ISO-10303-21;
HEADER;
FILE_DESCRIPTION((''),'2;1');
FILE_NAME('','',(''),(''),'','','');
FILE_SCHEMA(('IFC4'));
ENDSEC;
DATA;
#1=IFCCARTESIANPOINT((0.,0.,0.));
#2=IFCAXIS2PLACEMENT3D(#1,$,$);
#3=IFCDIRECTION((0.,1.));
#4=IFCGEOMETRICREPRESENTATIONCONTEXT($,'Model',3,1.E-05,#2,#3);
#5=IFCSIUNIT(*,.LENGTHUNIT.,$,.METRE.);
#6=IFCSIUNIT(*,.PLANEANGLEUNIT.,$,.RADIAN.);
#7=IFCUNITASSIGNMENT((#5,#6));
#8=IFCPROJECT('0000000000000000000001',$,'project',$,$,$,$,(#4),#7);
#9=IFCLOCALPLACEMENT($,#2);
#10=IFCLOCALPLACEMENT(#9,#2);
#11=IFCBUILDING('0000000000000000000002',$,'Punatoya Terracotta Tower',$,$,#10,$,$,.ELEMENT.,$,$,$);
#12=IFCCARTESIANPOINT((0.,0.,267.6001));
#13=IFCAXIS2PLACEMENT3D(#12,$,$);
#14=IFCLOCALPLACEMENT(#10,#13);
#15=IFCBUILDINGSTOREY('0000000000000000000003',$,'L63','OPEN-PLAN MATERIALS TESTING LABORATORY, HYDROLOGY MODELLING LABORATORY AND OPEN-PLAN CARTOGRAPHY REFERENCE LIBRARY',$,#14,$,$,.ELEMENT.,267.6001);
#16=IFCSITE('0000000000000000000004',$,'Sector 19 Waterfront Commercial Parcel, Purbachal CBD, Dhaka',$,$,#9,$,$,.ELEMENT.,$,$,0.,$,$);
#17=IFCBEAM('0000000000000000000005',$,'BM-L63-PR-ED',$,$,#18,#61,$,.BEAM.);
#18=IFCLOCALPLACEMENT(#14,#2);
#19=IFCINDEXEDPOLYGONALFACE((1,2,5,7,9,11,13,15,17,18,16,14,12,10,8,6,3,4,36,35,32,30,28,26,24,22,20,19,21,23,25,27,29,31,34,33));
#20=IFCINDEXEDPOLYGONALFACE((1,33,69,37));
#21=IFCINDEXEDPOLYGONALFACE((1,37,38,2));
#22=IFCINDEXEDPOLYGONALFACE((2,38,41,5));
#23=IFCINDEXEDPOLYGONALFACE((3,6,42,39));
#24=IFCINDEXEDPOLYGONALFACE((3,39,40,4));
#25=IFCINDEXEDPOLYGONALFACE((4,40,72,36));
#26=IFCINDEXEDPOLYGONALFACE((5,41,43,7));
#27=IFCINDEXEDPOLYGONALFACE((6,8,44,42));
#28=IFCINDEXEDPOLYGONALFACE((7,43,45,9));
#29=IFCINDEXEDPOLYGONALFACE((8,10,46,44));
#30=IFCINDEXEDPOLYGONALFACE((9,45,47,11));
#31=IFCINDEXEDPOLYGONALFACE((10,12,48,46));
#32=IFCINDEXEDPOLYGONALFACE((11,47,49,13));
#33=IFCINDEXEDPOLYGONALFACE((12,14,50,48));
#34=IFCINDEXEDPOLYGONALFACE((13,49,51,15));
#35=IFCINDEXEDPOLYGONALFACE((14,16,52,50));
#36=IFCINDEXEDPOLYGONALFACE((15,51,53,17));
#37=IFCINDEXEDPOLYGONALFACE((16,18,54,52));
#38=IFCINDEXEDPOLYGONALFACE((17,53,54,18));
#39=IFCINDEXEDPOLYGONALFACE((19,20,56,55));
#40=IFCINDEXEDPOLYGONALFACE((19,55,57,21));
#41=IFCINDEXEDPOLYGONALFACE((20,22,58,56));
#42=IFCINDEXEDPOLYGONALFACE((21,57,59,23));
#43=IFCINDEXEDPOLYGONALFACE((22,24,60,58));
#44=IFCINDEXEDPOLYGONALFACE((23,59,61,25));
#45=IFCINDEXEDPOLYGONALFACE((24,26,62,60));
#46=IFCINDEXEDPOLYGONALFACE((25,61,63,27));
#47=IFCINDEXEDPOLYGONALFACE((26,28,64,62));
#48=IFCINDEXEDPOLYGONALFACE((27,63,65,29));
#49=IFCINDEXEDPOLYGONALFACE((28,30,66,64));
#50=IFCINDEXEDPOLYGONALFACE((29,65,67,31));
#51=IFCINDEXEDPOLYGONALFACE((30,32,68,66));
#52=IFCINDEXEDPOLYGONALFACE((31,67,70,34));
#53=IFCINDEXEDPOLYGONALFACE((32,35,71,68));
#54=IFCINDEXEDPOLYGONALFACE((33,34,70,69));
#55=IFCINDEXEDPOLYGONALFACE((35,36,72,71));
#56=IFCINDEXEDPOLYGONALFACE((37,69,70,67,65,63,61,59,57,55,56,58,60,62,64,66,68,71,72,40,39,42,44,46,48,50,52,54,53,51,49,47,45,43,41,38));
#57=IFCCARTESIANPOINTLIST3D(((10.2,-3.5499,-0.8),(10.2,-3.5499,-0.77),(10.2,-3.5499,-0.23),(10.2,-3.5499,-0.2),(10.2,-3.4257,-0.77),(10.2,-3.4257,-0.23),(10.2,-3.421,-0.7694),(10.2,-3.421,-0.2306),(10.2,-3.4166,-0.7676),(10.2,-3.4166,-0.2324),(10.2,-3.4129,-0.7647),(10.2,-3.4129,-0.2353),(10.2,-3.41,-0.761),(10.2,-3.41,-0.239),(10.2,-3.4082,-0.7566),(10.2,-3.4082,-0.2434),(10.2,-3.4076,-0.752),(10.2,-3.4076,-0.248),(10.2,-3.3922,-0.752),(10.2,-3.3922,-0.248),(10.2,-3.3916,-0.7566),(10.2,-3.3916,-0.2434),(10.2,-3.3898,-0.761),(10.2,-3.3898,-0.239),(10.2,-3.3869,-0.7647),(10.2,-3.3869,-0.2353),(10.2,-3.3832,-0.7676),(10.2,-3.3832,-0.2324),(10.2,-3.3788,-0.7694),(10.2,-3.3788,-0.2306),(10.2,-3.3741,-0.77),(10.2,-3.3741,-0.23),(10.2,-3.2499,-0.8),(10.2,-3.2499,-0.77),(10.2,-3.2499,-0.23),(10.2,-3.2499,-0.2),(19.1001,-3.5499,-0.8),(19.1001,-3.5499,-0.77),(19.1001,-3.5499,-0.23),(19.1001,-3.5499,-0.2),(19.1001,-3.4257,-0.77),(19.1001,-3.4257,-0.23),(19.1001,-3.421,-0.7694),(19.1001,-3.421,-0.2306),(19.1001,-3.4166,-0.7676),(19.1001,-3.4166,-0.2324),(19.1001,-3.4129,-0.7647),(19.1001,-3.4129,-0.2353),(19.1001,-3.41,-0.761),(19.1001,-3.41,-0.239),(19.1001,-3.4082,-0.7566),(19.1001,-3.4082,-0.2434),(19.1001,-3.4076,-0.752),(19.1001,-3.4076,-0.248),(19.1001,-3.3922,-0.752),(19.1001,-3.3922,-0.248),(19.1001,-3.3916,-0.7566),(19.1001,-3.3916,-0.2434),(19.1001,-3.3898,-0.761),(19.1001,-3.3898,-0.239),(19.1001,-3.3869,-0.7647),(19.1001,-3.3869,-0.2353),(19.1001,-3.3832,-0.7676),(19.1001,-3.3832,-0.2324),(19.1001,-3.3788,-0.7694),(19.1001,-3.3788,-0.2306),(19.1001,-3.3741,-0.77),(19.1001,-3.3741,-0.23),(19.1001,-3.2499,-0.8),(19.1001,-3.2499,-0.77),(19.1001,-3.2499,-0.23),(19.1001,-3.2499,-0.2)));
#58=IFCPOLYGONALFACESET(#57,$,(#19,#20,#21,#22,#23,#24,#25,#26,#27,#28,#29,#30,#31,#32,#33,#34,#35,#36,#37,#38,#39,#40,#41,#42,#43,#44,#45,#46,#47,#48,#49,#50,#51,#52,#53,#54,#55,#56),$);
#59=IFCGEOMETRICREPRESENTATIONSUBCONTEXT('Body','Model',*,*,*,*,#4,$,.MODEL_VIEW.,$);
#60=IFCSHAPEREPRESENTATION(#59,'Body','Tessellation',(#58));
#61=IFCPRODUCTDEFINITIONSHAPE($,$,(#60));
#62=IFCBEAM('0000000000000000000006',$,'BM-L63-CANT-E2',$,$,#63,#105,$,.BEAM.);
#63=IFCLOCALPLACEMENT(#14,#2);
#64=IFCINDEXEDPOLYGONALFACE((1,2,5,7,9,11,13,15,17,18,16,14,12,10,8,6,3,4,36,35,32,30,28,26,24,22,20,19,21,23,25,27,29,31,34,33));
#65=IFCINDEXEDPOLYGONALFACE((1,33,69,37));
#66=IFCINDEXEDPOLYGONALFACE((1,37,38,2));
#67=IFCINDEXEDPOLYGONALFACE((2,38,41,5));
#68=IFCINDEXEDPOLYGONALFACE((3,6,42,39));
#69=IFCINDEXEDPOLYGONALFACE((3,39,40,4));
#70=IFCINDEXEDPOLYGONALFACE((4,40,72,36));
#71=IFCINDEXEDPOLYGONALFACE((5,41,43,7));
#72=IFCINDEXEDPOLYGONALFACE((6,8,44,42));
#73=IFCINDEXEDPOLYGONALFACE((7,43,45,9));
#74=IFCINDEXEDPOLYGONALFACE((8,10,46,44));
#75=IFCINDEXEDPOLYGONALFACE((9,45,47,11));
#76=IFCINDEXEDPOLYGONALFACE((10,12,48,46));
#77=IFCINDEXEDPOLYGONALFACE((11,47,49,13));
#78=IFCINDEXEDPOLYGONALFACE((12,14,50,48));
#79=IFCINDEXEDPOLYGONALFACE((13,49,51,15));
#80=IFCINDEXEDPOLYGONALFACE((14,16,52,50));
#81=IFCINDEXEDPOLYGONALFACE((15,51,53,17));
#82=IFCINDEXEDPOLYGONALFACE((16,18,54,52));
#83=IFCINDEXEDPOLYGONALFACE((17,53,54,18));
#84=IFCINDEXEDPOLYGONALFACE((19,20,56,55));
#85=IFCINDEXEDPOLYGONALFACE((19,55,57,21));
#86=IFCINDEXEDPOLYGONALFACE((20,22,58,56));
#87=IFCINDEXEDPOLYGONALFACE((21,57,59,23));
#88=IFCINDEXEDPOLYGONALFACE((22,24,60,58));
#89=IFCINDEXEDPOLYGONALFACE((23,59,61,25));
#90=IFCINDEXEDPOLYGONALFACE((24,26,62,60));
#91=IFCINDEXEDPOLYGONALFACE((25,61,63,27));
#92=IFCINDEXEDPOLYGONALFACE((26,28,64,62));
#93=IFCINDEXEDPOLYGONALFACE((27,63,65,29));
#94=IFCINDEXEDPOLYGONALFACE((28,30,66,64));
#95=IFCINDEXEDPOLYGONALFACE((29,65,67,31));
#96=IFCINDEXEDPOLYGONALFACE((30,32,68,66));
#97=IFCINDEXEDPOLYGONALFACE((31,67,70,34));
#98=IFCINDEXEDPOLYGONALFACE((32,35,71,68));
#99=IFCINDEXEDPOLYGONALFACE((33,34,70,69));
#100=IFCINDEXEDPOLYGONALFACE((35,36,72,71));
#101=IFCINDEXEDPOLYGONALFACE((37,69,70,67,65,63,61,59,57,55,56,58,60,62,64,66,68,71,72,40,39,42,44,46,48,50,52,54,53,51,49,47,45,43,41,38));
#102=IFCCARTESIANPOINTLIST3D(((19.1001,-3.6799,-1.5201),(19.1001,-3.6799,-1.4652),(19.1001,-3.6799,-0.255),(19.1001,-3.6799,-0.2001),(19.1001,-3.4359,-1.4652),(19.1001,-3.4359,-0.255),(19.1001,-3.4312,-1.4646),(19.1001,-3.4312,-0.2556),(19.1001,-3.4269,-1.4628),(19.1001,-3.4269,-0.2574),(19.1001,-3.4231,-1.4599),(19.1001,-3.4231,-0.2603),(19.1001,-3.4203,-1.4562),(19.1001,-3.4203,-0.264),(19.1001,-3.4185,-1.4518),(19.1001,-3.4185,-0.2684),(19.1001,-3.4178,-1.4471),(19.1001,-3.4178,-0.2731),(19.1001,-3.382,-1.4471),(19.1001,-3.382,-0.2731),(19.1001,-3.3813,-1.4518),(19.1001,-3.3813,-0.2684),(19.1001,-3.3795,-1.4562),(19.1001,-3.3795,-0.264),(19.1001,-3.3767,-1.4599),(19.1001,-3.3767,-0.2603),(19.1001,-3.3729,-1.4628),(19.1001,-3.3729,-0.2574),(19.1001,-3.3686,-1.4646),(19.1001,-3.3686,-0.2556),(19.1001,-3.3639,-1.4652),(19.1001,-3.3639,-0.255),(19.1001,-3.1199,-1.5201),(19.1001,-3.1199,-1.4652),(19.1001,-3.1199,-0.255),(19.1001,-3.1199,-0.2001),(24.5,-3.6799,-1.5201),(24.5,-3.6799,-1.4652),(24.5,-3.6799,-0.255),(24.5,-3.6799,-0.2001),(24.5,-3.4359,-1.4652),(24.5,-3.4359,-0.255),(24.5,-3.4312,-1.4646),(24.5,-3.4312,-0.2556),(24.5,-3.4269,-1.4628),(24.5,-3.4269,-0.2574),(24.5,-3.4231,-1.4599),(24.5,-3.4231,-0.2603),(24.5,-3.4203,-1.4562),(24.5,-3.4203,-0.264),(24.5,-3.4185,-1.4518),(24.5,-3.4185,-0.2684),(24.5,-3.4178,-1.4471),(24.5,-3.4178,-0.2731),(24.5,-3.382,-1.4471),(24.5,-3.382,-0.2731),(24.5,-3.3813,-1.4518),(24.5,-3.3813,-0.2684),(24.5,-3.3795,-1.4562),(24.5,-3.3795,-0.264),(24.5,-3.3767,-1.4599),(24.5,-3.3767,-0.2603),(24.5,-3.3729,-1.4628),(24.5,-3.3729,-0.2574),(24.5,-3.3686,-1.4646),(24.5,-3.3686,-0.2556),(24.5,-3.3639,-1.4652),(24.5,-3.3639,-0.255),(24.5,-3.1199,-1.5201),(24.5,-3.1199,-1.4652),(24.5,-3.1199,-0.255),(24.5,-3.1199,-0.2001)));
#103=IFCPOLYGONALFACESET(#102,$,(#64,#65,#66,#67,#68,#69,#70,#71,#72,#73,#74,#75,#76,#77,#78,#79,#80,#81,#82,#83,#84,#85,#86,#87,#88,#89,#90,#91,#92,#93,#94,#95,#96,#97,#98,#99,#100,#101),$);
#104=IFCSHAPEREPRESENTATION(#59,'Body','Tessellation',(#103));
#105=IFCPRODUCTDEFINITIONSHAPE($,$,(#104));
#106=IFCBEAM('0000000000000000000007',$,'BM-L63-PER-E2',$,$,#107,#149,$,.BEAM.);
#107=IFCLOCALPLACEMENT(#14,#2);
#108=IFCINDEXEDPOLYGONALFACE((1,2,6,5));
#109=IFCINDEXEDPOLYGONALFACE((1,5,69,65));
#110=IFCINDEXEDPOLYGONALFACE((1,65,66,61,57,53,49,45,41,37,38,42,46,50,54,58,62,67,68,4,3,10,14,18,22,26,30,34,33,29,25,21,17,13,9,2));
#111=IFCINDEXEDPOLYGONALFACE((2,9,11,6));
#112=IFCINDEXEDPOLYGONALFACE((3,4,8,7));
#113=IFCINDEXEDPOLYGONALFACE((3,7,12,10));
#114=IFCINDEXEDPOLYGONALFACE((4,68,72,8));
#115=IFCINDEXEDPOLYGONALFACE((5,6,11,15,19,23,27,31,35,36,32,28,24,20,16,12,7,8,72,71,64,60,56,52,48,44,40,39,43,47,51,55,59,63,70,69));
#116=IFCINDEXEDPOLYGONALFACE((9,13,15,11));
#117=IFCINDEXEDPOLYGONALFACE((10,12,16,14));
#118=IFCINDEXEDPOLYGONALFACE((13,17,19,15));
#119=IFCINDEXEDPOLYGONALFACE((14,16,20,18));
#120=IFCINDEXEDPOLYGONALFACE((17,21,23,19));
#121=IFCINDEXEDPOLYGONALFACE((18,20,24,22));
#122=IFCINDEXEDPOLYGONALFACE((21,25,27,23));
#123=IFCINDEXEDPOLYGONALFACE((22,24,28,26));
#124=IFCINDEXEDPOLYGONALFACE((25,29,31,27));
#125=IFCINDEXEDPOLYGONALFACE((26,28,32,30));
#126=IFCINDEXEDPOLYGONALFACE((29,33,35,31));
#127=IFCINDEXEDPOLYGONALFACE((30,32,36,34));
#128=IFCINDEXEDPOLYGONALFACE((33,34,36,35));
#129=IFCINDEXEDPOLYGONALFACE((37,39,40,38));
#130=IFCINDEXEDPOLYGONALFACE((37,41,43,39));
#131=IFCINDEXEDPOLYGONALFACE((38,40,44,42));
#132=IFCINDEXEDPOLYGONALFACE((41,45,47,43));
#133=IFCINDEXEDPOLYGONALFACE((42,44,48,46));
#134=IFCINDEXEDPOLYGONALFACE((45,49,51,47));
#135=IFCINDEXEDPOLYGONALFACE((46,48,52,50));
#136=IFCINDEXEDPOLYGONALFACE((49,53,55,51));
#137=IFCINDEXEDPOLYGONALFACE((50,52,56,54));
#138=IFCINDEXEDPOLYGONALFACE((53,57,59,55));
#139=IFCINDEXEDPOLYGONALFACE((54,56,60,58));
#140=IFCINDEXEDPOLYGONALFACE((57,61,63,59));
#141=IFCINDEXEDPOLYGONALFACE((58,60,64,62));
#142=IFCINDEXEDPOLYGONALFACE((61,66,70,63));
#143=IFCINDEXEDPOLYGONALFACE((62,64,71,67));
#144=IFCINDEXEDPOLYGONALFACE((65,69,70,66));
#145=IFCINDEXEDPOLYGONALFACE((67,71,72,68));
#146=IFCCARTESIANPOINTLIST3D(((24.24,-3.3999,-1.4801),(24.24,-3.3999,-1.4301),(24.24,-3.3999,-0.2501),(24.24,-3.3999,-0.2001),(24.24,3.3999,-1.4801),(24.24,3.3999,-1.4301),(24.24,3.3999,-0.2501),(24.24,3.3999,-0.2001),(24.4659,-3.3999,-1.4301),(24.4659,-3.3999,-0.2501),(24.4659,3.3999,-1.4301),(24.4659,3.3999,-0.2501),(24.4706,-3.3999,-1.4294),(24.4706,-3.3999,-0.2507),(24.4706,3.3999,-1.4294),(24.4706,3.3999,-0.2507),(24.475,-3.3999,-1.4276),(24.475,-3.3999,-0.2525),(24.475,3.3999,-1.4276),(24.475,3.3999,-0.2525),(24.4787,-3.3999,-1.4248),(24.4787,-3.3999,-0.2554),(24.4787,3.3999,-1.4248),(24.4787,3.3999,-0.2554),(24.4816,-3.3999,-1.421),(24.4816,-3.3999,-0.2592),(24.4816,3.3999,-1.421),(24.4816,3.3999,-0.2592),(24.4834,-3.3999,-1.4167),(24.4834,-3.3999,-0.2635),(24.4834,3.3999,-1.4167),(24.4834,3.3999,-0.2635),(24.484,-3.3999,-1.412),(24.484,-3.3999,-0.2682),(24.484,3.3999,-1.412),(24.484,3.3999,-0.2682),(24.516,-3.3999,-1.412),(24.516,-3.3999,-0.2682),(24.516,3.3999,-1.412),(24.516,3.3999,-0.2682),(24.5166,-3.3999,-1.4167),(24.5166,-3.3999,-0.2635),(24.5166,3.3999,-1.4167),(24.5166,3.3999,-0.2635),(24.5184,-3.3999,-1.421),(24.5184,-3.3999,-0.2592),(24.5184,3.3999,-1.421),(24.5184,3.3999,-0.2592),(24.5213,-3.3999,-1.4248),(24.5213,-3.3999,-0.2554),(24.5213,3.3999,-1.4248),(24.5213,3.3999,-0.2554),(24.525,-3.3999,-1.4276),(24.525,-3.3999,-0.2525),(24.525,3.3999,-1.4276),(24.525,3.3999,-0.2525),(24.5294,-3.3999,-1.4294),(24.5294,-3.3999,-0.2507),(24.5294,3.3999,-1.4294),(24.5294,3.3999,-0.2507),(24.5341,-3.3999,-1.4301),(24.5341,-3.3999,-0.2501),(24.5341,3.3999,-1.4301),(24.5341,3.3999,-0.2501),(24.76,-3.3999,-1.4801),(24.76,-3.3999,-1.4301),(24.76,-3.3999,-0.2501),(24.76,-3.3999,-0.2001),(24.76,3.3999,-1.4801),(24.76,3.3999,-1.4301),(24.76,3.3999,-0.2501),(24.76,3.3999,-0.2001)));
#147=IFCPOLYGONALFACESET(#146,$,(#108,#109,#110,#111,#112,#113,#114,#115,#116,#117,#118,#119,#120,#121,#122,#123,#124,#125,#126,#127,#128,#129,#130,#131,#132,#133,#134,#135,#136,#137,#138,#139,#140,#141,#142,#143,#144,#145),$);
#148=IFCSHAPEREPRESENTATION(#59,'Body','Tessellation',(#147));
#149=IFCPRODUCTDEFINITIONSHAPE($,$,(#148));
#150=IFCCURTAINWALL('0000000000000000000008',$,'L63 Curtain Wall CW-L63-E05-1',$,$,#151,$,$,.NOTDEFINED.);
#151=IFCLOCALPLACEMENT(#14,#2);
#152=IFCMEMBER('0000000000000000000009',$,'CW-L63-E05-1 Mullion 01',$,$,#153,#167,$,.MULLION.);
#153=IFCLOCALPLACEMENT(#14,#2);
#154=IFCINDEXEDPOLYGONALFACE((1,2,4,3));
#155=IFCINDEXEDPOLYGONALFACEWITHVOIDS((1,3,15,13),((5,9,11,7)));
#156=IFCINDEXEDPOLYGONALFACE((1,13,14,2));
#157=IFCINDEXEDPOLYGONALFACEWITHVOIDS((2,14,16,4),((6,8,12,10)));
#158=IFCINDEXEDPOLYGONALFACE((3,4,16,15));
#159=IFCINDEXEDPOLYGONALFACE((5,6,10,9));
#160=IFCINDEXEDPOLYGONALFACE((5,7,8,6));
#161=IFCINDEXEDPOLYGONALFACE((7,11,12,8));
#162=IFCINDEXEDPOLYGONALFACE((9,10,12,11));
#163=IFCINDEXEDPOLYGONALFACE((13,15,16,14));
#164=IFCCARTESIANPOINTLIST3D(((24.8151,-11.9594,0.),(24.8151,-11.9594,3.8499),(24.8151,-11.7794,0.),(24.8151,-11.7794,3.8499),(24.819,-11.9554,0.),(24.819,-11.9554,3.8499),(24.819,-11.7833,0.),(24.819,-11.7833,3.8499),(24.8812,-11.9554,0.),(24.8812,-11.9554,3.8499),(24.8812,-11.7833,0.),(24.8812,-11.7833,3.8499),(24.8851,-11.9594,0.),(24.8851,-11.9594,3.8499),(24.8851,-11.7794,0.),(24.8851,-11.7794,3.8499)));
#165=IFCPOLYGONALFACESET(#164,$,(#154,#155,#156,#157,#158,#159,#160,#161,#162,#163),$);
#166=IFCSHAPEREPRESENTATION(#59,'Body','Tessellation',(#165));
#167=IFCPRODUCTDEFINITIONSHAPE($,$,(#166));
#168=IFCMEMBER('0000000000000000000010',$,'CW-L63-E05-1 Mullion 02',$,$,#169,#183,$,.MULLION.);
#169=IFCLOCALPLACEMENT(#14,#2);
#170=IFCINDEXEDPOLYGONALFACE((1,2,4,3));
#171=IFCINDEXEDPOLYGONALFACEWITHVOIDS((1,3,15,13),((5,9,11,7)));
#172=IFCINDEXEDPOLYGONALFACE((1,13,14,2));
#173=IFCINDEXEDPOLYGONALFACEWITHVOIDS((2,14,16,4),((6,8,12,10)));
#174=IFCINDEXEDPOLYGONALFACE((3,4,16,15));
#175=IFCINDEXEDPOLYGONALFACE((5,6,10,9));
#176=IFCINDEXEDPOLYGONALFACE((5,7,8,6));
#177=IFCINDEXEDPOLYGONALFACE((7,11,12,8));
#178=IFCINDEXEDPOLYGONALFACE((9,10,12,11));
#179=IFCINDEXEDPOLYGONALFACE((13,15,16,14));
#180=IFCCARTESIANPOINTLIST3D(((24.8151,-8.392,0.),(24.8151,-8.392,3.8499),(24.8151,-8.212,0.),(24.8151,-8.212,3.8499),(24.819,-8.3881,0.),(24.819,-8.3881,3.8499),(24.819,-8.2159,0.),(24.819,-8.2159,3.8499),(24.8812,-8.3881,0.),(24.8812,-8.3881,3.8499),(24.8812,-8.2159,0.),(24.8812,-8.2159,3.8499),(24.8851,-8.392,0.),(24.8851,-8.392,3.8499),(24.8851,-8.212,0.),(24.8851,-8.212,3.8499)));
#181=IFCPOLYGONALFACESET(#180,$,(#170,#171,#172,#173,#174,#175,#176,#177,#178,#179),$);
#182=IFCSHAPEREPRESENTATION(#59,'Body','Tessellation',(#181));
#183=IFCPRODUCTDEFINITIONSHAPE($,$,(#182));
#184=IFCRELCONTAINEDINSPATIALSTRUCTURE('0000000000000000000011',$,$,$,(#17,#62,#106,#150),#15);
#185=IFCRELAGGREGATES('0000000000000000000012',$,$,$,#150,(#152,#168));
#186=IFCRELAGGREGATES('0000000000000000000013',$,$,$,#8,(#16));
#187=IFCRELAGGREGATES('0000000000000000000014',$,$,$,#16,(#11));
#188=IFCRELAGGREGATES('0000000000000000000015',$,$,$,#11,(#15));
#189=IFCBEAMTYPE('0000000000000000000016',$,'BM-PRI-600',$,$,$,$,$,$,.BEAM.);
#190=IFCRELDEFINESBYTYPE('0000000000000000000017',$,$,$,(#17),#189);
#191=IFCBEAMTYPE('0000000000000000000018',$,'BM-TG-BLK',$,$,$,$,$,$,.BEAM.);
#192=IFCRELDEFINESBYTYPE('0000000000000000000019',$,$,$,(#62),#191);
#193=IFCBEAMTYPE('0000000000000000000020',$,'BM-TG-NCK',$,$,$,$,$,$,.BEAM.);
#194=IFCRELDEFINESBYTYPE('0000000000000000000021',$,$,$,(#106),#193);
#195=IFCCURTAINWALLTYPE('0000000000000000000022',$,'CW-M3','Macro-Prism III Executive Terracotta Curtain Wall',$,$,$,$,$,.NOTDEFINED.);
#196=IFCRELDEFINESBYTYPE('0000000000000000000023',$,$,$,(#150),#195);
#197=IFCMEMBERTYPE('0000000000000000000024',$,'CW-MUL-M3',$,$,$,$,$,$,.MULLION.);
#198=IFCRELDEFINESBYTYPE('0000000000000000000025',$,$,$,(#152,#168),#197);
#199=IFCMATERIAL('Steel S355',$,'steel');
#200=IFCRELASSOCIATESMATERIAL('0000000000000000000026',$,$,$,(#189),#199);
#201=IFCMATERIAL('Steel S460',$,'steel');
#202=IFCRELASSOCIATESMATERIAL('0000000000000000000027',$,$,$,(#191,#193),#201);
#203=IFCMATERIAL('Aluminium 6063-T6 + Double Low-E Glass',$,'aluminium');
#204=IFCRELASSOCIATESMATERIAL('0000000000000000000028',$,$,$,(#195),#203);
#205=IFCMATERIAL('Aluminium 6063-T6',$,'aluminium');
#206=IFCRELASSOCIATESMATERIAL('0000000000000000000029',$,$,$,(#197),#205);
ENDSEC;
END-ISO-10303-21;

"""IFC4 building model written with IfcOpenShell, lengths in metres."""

from ifc_helpers import new_model, si_unit, direction, frame, origin, origin_2d, place, context, subcontext, project, spatial, hollow_rectangle, i_section, extrude, material, material_profile, profile_set, type_object, element, aggregate, save


model = new_model("IFC4")

# Units and contexts
model_context = context("Model", 3, precision=1e-05, world=origin(), true_north=direction((0.0, 1.0)))
body_context = subcontext(model_context, "Body", "Model", "MODEL_VIEW")
ifc_project = project(units=[si_unit("LENGTHUNIT", "METRE"), si_unit("PLANEANGLEUNIT", "RADIAN")], contexts=[model_context])

# Site, building, storey
site_placement = place(None, origin())
site = spatial("IfcSite", under=ifc_project, at=site_placement, Name="Sector 19 Waterfront Commercial Parcel, Purbachal CBD, Dhaka", CompositionType="ELEMENT", RefElevation=0.0)
building_placement = place(site_placement, origin())
building = spatial("IfcBuilding", under=site, at=building_placement, Name="Punatoya Terracotta Tower", CompositionType="ELEMENT")
storey_placement = place(building_placement, frame((0.0, 0.0, 267.6001)))
storey = spatial("IfcBuildingStorey", under=building, at=storey_placement, Name="L63", Description="OPEN-PLAN MATERIALS TESTING LABORATORY, HYDROLOGY MODELLING LABORATORY AND OPEN-PLAN CARTOGRAPHY REFERENCE LIBRARY", CompositionType="ELEMENT", Elevation=267.6001)

# Shared definitions
ifc_material_1 = material(Name="Steel S460", Category="steel")

# Beams
ifc_material_2 = material(Name="Steel S355", Category="steel")
ifc_material_profile_1 = material_profile(ifc_material_2, i_section(OverallWidth=0.3, OverallDepth=0.6001, WebThickness=0.0154, FlangeThickness=0.03, FilletRadius=0.0181, at=origin_2d()))
ifc_profile_set_1 = profile_set([ifc_material_profile_1], Name="Steel S355")
beam_type_1 = type_object("IfcBeamType", Name="BM-PRI-600", PredefinedType="BEAM", material=ifc_profile_set_1)
for number, where, z_axis, x_axis, name in (
    (1, (10.2, -3.3999, -0.5), (1.0, 0.0, 0.0), (0.0, 1.0, 0.0), "BM-L63-PR-ED"),
):
    element("IfcBeam", number, at=place(storey_placement, frame(where, z_axis=z_axis, x_axis=x_axis)), inside=storey, type_object=beam_type_1, Name=name, PredefinedType="BEAM", context=body_context, shape_type="SweptSolid", body=[
        extrude(i_section(OverallWidth=0.3, OverallDepth=0.6001, WebThickness=0.0154, FlangeThickness=0.03, FilletRadius=0.0181, at=origin_2d()), origin(), (0.0, 0.0, 1.0), 8.9001),
    ])
ifc_material_profile_2 = material_profile(ifc_material_1, i_section(OverallWidth=0.5601, OverallDepth=1.3201, WebThickness=0.0359, FlangeThickness=0.0549, FilletRadius=0.0181, at=origin_2d()))
ifc_profile_set_2 = profile_set([ifc_material_profile_2], Name="Steel S460")
beam_type_2 = type_object("IfcBeamType", Name="BM-TG-BLK", PredefinedType="BEAM", material=ifc_profile_set_2)
beam_1_placement = place(storey_placement, frame((19.1001, -3.3999, -0.8601), z_axis=(1.0, 0.0, 0.0), x_axis=(0.0, 1.0, 0.0)))
element("IfcBeam", 2, at=beam_1_placement, inside=storey, type_object=beam_type_2, Name="BM-L63-CANT-E2", PredefinedType="BEAM", context=body_context, shape_type="SweptSolid", body=[
    extrude(i_section(OverallWidth=0.5601, OverallDepth=1.3201, WebThickness=0.0359, FlangeThickness=0.0549, FilletRadius=0.0181, at=origin_2d()), origin(), (0.0, 0.0, 1.0), 5.3999),
])
ifc_material_profile_3 = material_profile(ifc_material_1, i_section(OverallWidth=0.52, OverallDepth=1.28, WebThickness=0.032, FlangeThickness=0.05, FilletRadius=0.0181, at=origin_2d()))
ifc_profile_set_3 = profile_set([ifc_material_profile_3], Name="Steel S460")
beam_type_3 = type_object("IfcBeamType", Name="BM-TG-NCK", PredefinedType="BEAM", material=ifc_profile_set_3)
beam_2_placement = place(storey_placement, frame((24.5, -3.3999, -0.8401), z_axis=(0.0, 1.0, 0.0), x_axis=(-1.0, 0.0, 0.0)))
element("IfcBeam", 3, at=beam_2_placement, inside=storey, type_object=beam_type_3, Name="BM-L63-PER-E2", PredefinedType="BEAM", context=body_context, shape_type="SweptSolid", body=[
    extrude(i_section(OverallWidth=0.52, OverallDepth=1.28, WebThickness=0.032, FlangeThickness=0.05, FilletRadius=0.0181, at=origin_2d()), origin(), (0.0, 0.0, 1.0), 6.7998),
])

# Curtain wall, members
ifc_material_3 = material(Name="Aluminium 6063-T6 + Double Low-E Glass", Category="aluminium")
curtain_wall_type = type_object("IfcCurtainWallType", Name="CW-M3", Description="Macro-Prism III Executive Terracotta Curtain Wall", PredefinedType="NOTDEFINED", material=ifc_material_3)
curtain_wall_placement = place(storey_placement, origin())
curtain_wall = element("IfcCurtainWall", 4, at=curtain_wall_placement, inside=storey, type_object=curtain_wall_type, Name="L63 Curtain Wall CW-L63-E05-1", PredefinedType="NOTDEFINED")
ifc_material_4 = material(Name="Aluminium 6063-T6", Category="aluminium")
ifc_material_profile_4 = material_profile(ifc_material_4, hollow_rectangle(XDim=0.0701, YDim=0.1799, WallThickness=0.0039, at=origin_2d()))
ifc_profile_set_4 = profile_set([ifc_material_profile_4], Name="Aluminium 6063-T6")
member_type = type_object("IfcMemberType", Name="CW-MUL-M3", PredefinedType="MULLION", material=ifc_profile_set_4)
member_1_placement = place(storey_placement, frame((24.8501, -11.8694, 0.0), z_axis=(0.0, 0.0, 1.0), x_axis=(1.0, 0.0, 0.0)))
member_1 = element("IfcMember", 5, at=member_1_placement, type_object=member_type, Name="CW-L63-E05-1 Mullion 01", PredefinedType="MULLION", context=body_context, shape_type="SweptSolid", body=[
    extrude(hollow_rectangle(XDim=0.0701, YDim=0.1799, WallThickness=0.0039, at=origin_2d()), origin(), (0.0, 0.0, 1.0), 3.8499),
])
member_2_placement = place(storey_placement, frame((24.8501, -8.302, 0.0), z_axis=(0.0, 0.0, 1.0), x_axis=(1.0, 0.0, 0.0)))
member_2 = element("IfcMember", 6, at=member_2_placement, type_object=member_type, Name="CW-L63-E05-1 Mullion 02", PredefinedType="MULLION", context=body_context, shape_type="SweptSolid", body=[
    extrude(hollow_rectangle(XDim=0.0701, YDim=0.1799, WallThickness=0.0039, at=origin_2d()), origin(), (0.0, 0.0, 1.0), 3.8499),
])
aggregate(curtain_wall, [member_1, member_2])

save(model, "model.ifc")
